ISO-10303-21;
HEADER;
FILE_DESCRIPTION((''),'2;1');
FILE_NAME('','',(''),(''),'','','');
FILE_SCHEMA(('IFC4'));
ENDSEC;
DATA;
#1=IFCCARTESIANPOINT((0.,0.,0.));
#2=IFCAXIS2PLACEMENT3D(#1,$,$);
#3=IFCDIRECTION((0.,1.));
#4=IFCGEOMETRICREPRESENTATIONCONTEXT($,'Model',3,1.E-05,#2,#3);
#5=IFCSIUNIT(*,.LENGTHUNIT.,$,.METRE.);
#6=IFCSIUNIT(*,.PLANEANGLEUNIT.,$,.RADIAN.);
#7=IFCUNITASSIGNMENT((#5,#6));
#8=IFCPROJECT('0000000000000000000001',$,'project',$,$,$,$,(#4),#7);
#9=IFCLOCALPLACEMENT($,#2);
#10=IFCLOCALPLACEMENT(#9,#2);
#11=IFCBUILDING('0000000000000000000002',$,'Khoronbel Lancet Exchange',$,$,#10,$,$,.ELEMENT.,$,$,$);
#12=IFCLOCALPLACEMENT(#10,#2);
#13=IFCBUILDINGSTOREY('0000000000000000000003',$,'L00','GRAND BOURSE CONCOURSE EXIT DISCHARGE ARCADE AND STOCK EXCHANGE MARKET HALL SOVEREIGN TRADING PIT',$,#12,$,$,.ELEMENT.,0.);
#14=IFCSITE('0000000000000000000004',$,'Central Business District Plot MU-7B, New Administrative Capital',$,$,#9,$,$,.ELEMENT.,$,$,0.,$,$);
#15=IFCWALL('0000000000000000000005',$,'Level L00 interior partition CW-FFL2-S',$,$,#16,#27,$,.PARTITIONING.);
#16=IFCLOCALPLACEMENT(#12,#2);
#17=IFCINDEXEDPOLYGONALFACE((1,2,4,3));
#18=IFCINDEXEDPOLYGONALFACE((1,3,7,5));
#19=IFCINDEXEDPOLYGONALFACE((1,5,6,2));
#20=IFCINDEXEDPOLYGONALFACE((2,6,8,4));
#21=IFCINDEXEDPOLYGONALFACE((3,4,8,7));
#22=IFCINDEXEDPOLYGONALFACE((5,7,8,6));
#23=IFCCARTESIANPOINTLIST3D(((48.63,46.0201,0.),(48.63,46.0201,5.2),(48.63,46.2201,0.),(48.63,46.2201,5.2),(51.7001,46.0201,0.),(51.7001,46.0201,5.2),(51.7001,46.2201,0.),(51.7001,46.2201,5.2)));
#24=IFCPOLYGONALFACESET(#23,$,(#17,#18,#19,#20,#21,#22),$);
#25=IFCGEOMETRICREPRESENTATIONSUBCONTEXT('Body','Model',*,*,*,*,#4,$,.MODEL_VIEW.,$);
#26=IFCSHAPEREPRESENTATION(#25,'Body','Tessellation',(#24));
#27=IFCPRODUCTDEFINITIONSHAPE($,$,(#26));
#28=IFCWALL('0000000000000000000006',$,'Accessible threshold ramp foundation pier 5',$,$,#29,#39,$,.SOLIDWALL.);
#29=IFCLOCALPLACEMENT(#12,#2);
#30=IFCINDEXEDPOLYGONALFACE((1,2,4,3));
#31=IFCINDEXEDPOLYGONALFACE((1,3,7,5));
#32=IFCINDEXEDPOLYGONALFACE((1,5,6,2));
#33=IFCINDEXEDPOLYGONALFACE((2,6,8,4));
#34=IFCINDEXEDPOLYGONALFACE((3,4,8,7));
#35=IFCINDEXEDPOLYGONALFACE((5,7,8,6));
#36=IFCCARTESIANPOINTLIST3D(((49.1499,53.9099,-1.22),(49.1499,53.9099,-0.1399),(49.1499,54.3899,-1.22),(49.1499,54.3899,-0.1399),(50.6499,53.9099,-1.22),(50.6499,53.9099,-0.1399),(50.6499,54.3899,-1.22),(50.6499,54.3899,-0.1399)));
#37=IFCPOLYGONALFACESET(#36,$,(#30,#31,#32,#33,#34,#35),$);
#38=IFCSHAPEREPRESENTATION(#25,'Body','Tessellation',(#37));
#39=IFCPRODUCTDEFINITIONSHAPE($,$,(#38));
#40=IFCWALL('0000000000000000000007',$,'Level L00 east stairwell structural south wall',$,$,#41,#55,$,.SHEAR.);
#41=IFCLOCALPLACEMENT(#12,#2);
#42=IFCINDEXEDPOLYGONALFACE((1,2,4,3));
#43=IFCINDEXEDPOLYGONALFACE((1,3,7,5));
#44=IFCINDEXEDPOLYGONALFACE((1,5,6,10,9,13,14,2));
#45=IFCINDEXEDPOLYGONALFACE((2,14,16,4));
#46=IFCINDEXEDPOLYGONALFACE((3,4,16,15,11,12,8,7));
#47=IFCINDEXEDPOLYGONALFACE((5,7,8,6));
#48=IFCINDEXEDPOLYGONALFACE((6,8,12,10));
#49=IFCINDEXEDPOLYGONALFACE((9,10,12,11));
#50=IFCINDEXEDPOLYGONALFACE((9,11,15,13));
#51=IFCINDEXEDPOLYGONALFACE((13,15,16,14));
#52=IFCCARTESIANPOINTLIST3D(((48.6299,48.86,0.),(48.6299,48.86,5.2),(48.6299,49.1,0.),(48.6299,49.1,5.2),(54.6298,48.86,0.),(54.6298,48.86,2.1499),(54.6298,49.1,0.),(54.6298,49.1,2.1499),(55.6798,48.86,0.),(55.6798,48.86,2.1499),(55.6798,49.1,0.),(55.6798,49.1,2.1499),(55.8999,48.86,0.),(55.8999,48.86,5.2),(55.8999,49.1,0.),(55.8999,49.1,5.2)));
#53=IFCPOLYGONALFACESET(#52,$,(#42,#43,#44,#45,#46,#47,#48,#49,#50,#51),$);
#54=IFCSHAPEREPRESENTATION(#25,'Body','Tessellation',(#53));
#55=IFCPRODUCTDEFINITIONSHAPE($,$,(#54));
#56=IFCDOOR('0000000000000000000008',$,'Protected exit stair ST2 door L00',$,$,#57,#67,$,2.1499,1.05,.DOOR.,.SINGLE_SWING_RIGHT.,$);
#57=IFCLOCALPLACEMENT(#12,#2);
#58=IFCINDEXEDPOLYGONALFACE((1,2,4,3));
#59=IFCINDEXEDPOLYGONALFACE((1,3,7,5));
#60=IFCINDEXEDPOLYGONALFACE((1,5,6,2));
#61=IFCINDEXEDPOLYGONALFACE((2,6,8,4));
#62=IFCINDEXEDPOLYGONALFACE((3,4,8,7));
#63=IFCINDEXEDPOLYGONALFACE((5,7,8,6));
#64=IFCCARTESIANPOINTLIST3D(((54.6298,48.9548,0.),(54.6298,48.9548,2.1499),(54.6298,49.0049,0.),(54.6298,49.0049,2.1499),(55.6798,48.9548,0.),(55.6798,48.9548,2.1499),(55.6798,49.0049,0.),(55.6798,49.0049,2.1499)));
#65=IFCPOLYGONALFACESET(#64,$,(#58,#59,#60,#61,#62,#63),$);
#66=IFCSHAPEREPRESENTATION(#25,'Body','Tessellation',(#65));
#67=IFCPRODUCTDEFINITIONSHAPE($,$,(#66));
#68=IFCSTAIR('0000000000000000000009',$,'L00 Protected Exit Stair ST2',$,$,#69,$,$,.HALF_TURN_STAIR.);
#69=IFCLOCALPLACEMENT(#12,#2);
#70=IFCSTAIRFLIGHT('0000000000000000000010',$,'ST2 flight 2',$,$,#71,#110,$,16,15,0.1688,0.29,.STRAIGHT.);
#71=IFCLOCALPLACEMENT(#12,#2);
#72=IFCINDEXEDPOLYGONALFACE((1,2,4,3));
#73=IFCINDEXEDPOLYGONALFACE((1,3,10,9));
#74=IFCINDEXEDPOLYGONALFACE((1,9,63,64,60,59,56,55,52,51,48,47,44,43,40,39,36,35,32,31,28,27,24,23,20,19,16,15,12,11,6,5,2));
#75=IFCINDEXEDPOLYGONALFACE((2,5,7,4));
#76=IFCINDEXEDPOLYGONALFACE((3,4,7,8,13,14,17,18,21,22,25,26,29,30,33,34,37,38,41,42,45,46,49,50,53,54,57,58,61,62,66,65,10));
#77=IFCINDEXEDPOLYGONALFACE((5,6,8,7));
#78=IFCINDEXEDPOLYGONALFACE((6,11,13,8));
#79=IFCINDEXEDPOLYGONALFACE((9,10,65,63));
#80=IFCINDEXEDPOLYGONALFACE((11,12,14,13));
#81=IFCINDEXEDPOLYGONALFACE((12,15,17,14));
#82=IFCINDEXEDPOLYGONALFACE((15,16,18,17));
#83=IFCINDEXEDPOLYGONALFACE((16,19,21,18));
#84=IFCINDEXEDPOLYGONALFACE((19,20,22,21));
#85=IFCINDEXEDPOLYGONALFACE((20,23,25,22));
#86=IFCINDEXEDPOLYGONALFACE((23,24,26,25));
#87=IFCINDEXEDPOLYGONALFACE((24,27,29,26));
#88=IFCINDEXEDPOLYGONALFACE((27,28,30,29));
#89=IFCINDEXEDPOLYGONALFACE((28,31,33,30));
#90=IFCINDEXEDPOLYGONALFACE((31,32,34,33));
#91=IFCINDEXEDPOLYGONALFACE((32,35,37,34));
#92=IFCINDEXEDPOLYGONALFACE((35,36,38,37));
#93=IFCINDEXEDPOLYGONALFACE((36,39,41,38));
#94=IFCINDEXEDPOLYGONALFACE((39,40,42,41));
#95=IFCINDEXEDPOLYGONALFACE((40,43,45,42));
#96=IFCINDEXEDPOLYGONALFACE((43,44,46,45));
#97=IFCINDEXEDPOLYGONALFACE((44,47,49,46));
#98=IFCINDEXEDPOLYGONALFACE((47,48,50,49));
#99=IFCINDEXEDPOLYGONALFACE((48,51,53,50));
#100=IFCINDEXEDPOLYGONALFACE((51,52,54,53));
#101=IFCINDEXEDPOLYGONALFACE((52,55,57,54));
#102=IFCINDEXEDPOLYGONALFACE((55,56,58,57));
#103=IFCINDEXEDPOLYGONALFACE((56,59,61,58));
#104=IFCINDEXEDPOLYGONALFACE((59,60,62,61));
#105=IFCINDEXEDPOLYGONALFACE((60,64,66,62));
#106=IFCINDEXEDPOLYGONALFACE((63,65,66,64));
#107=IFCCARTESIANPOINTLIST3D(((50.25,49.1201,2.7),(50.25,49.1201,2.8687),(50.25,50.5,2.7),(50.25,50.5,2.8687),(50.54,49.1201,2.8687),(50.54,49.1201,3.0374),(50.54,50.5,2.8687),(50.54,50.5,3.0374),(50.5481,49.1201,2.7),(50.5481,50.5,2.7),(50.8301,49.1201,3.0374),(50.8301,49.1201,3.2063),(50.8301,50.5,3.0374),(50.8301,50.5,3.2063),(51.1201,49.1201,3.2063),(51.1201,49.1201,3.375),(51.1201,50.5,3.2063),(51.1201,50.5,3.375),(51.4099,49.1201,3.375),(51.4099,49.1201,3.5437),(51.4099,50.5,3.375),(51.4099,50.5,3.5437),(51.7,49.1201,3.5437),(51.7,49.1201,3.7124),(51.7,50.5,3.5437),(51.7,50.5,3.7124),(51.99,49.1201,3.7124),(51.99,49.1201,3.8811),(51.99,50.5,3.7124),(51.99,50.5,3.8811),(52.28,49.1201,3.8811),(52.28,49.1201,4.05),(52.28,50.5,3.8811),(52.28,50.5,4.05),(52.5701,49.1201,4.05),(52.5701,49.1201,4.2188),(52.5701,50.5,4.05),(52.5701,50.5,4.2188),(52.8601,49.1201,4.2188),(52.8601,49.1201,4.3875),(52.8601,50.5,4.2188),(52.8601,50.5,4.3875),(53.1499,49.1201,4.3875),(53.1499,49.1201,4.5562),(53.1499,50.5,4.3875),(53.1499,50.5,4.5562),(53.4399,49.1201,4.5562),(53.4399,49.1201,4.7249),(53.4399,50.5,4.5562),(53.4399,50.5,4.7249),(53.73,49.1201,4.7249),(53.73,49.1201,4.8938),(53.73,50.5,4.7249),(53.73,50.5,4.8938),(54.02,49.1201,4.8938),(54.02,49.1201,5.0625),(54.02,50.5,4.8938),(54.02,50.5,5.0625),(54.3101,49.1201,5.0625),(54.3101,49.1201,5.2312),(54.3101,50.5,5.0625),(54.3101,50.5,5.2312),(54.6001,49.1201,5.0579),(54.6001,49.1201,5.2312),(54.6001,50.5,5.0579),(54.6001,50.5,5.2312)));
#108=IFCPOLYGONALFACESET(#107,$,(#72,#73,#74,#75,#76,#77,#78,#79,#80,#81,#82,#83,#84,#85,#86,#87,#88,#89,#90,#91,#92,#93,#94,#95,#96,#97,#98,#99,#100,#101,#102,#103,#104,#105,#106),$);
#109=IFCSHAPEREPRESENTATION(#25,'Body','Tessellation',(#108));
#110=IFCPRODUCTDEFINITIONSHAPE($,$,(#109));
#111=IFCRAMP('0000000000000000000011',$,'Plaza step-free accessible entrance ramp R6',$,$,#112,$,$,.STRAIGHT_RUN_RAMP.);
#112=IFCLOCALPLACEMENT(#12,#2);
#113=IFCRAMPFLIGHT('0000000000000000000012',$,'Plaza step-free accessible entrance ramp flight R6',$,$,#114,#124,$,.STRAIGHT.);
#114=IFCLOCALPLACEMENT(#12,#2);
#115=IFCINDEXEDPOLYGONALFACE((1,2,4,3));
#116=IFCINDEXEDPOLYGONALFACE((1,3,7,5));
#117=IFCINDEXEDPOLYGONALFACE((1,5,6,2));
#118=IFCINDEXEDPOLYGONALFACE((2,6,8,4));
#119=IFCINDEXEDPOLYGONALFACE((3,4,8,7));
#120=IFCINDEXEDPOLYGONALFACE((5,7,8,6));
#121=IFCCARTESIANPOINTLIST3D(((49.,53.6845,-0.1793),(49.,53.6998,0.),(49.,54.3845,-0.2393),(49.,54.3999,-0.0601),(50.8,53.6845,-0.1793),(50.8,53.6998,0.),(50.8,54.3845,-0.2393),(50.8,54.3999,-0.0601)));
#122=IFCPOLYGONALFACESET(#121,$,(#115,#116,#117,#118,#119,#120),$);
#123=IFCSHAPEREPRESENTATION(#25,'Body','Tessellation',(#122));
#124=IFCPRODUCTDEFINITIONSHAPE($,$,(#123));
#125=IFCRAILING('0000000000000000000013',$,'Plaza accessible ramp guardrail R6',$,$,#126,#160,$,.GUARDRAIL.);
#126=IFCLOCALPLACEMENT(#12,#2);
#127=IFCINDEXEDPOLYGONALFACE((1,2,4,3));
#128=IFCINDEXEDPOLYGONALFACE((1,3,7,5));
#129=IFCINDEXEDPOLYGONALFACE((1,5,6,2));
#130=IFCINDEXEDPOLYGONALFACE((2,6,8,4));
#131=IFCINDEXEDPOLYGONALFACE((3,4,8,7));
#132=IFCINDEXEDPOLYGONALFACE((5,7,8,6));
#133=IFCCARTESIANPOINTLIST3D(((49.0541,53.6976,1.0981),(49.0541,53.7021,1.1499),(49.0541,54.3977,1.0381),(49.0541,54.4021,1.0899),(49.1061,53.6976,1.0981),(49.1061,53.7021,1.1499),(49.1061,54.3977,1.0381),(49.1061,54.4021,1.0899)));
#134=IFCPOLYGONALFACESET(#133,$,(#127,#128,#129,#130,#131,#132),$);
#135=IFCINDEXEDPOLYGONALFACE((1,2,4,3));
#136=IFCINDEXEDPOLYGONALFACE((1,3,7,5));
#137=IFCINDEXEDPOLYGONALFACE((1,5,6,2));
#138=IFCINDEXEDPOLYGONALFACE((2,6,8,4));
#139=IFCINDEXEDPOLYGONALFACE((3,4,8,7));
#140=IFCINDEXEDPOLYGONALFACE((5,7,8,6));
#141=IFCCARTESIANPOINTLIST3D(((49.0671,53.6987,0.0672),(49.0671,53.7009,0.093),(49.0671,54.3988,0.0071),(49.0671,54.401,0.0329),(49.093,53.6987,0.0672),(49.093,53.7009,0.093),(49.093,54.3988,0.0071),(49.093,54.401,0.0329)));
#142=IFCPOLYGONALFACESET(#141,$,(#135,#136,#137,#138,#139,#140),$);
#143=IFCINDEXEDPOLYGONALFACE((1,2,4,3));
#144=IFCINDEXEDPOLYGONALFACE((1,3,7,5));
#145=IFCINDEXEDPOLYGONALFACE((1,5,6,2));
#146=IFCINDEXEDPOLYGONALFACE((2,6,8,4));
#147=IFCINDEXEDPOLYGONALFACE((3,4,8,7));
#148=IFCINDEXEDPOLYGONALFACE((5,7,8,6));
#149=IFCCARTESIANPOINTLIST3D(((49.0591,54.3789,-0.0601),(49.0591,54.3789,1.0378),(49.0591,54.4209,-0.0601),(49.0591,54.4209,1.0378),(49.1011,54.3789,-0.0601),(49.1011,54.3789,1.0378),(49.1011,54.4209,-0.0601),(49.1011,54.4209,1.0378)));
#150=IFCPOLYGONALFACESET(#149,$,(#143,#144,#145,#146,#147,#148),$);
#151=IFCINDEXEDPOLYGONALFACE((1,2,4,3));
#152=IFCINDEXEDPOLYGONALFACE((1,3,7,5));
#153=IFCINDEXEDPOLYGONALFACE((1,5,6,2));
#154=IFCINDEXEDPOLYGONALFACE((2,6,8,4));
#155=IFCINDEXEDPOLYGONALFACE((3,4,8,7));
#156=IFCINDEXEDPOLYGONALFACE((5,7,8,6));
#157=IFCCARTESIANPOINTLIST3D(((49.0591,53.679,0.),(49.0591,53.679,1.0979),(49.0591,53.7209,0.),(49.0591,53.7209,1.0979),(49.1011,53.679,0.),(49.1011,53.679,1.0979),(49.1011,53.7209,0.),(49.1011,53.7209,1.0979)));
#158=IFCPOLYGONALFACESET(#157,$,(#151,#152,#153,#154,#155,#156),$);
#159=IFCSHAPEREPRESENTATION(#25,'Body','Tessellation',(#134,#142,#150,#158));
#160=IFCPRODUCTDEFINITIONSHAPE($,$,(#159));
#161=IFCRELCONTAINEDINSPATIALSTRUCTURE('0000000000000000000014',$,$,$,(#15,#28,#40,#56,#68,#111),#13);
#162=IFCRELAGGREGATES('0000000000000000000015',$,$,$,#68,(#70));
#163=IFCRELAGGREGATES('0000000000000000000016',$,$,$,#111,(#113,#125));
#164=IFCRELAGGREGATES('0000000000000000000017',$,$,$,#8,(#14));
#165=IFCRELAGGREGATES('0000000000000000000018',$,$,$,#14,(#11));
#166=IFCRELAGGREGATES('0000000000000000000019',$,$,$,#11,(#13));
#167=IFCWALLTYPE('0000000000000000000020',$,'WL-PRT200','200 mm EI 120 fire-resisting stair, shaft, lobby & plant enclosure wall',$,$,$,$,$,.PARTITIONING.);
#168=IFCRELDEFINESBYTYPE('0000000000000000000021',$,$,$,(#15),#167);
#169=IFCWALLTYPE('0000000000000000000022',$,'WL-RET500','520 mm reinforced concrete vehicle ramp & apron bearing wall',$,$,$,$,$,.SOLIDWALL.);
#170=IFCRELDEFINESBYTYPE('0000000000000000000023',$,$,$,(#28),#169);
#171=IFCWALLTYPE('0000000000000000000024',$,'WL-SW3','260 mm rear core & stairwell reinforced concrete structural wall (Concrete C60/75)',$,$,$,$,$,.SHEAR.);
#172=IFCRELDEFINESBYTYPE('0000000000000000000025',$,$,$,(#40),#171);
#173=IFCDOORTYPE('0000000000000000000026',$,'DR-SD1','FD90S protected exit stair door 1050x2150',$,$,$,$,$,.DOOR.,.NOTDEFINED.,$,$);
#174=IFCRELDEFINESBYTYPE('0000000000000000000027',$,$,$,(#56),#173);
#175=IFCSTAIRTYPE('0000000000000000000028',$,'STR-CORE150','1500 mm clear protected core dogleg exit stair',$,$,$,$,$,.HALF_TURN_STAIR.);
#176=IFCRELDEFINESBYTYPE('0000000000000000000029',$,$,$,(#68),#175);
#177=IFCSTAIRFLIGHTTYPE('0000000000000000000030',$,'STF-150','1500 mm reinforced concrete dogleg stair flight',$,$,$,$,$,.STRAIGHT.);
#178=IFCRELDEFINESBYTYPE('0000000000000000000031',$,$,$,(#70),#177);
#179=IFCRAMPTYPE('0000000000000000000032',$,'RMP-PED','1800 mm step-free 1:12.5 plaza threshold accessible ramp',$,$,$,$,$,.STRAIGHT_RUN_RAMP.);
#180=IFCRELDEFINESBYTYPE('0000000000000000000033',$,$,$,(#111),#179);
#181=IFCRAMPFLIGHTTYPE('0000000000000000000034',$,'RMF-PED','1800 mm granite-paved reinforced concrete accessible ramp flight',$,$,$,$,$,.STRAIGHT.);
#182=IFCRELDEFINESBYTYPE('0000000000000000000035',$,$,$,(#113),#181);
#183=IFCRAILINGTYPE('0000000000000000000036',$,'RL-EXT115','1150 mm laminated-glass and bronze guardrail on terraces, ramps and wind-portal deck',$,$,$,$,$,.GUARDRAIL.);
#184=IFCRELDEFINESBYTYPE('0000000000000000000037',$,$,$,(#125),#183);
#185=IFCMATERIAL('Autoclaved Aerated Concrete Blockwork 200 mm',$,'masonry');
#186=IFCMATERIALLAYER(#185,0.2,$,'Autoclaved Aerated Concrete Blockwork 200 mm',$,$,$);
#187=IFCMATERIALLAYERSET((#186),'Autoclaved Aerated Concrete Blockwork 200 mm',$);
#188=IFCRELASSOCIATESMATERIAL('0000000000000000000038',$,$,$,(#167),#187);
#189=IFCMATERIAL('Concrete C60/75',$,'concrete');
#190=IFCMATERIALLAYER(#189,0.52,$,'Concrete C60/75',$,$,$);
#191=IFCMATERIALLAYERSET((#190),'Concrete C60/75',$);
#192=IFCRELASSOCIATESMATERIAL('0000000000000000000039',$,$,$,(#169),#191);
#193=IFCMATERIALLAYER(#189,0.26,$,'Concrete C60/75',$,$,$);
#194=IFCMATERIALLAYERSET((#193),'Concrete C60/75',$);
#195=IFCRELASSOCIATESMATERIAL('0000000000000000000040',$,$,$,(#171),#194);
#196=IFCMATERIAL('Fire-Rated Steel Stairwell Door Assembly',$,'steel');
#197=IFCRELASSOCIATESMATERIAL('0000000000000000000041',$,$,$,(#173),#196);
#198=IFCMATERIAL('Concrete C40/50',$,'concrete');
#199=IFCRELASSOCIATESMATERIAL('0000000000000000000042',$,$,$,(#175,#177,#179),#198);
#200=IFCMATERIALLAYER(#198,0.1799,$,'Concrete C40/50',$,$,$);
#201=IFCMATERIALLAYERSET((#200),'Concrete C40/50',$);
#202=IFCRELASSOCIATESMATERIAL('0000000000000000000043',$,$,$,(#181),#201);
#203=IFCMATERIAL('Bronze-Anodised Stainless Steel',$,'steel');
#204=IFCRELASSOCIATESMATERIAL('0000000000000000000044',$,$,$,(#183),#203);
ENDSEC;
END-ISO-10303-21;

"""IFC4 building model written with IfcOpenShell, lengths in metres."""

from ifc_helpers import new_model, si_unit, direction, frame, frame_2d, origin, origin_2d, place, context, subcontext, project, spatial, polyline, rectangle, outline, extrude, material, layer, layer_set, type_object, element, fill, aggregate, save


model = new_model("IFC4")

# Units and contexts
model_context = context("Model", 3, precision=1e-05, world=origin(), true_north=direction((0.0, 1.0)))
body_context = subcontext(model_context, "Body", "Model", "MODEL_VIEW")
ifc_project = project(units=[si_unit("LENGTHUNIT", "METRE"), si_unit("PLANEANGLEUNIT", "RADIAN")], contexts=[model_context])

# Site, building, storey
site_placement = place(None, origin())
site = spatial("IfcSite", under=ifc_project, at=site_placement, Name="Central Business District Plot MU-7B, New Administrative Capital", CompositionType="ELEMENT", RefElevation=0.0)
building_placement = place(site_placement, origin())
building = spatial("IfcBuilding", under=site, at=building_placement, Name="Khoronbel Lancet Exchange", CompositionType="ELEMENT")
storey_placement = place(building_placement, origin())
storey = spatial("IfcBuildingStorey", under=building, at=storey_placement, Name="L00", Description="GRAND BOURSE CONCOURSE EXIT DISCHARGE ARCADE AND STOCK EXCHANGE MARKET HALL SOVEREIGN TRADING PIT", CompositionType="ELEMENT", Elevation=0.0)

# Shared definitions
ifc_material_1 = material(Name="Autoclaved Aerated Concrete Blockwork 200 mm", Category="masonry")
ifc_layer_1 = layer(ifc_material_1, 0.2, Name="Autoclaved Aerated Concrete Blockwork 200 mm")
ifc_layer_set_1 = layer_set([ifc_layer_1], Name="Autoclaved Aerated Concrete Blockwork 200 mm")
wall_type_1 = type_object("IfcWallType", Name="WL-PRT200", Description="200 mm EI 120 fire-resisting stair, shaft, lobby & plant enclosure wall", PredefinedType="PARTITIONING", material=ifc_layer_set_1)

# Walls
wall_1_placement = place(storey_placement, frame((48.6299, 46.1201, 0.0), z_axis=(0.0, 0.0, 1.0), x_axis=(1.0, 0.0, 0.0)))
element("IfcWall", 1, at=wall_1_placement, inside=storey, type_object=wall_type_1, Name="Level L00 interior partition CW-FFL2-S", PredefinedType="PARTITIONING", context=body_context, shape_type="SweptSolid", body=[
    extrude(rectangle(XDim=3.0701, YDim=0.2, at=frame_2d((1.5352, 0.0))), origin(), (0.0, 0.0, 1.0), 5.2),
])
ifc_material_2 = material(Name="Concrete C60/75", Category="concrete")
ifc_layer_2 = layer(ifc_material_2, 0.52, Name="Concrete C60/75")
ifc_layer_set_2 = layer_set([ifc_layer_2], Name="Concrete C60/75")
wall_type_2 = type_object("IfcWallType", Name="WL-RET500", Description="520 mm reinforced concrete vehicle ramp & apron bearing wall", PredefinedType="SOLIDWALL", material=ifc_layer_set_2)
wall_2_placement = place(storey_placement, frame((49.1499, 54.1499, -1.22), z_axis=(0.0, 0.0, 1.0), x_axis=(1.0, 0.0, 0.0)))
element("IfcWall", 2, at=wall_2_placement, inside=storey, type_object=wall_type_2, Name="Accessible threshold ramp foundation pier 5", PredefinedType="SOLIDWALL", context=body_context, shape_type="SweptSolid", body=[
    extrude(rectangle(XDim=1.5, YDim=0.48, at=frame_2d((0.75, 0.0))), origin(), (0.0, 0.0, 1.0), 1.0801),
])

# Wall, opening, door
ifc_layer_3 = layer(ifc_material_2, 0.26, Name="Concrete C60/75")
ifc_layer_set_3 = layer_set([ifc_layer_3], Name="Concrete C60/75")
wall_type_3 = type_object("IfcWallType", Name="WL-SW3", Description="260 mm rear core & stairwell reinforced concrete structural wall (Concrete C60/75)", PredefinedType="SHEAR", material=ifc_layer_set_3)
wall_3_placement = place(storey_placement, frame((48.6299, 48.98, 0.0), z_axis=(0.0, 0.0, 1.0), x_axis=(1.0, 0.0, 0.0)))
wall_3 = element("IfcWall", 3, at=wall_3_placement, inside=storey, type_object=wall_type_3, Name="Level L00 east stairwell structural south wall", PredefinedType="SHEAR", context=body_context, shape_type="SweptSolid", body=[
    extrude(rectangle(XDim=7.27, YDim=0.24, at=frame_2d((3.635, 0.0))), origin(), (0.0, 0.0, 1.0), 5.2),
])
opening_1_placement = place(wall_3_placement, frame((6.0, 0.0, 0.0)))
opening_1 = element("IfcOpeningElement", 4, at=opening_1_placement, cuts=wall_3, PredefinedType="OPENING", context=body_context, shape_type="SweptSolid", body=[
    extrude(rectangle(XDim=1.05, YDim=2.1499, at=frame_2d((0.5249, 1.075))), frame((0.0, 0.1299, 0.0), z_axis=(0.0, -1.0, 0.0), x_axis=(1.0, 0.0, 0.0)), (0.0, 0.0, 1.0), 0.26),
])
ifc_material_3 = material(Name="Fire-Rated Steel Stairwell Door Assembly", Category="steel")
door_type_1 = type_object("IfcDoorType", Name="DR-SD1", Description="FD90S protected exit stair door 1050x2150", OperationType="NOTDEFINED", PredefinedType="DOOR", material=ifc_material_3)
door_1_placement = place(opening_1_placement, origin())
door_1 = element("IfcDoor", 5, at=door_1_placement, inside=storey, type_object=door_type_1, Name="Protected exit stair ST2 door L00", OperationType="SINGLE_SWING_RIGHT", OverallHeight=2.1499, OverallWidth=1.05, PredefinedType="DOOR", context=body_context, shape_type="SweptSolid", body=[
    extrude(rectangle(XDim=1.05, YDim=2.1499, at=frame_2d((0.5249, 1.075))), frame((0.0, 0.0249, 0.0), z_axis=(0.0, -1.0, 0.0), x_axis=(1.0, 0.0, 0.0)), (0.0, 0.0, 1.0), 0.05),
])
fill(opening_1, door_1)

# Stair, stair flight
ifc_material_4 = material(Name="Concrete C40/50", Category="concrete")
stair_type = type_object("IfcStairType", Name="STR-CORE150", Description="1500 mm clear protected core dogleg exit stair", PredefinedType="HALF_TURN_STAIR", material=ifc_material_4)
stair_placement = place(storey_placement, origin())
stair = element("IfcStair", 6, at=stair_placement, inside=storey, type_object=stair_type, Name="L00 Protected Exit Stair ST2", PredefinedType="HALF_TURN_STAIR")
stair_flight_type = type_object("IfcStairFlightType", Name="STF-150", Description="1500 mm reinforced concrete dogleg stair flight", PredefinedType="STRAIGHT", material=ifc_material_4)
stair_flight_placement = place(storey_placement, frame((50.25, 49.8101, 2.7), z_axis=(0.0, 0.0, 1.0), x_axis=(1.0, 0.0, 0.0)))
stair_flight = element("IfcStairFlight", 7, at=stair_flight_placement, type_object=stair_flight_type, Name="ST2 flight 2", NumberOfRisers=16, NumberOfTreads=15, PredefinedType="STRAIGHT", RiserHeight=0.1688, TreadLength=0.29, context=body_context, shape_type="SweptSolid", body=[
    extrude(outline(polyline([(0.0, 0.0), (0.0, 0.1687), (0.29, 0.1687), (0.29, 0.3374), (0.5801, 0.3374), (0.5801, 0.5063), (0.8701, 0.5063), (0.8701, 0.675), (1.1599, 0.675), (1.1599, 0.8438), (1.45, 0.8438), (1.45, 1.0125), (1.74, 1.0125), (1.74, 1.1812), (2.03, 1.1812), (2.03, 1.3501), (2.3201, 1.3501), (2.3201, 1.5188), (2.6101, 1.5188), (2.6101, 1.6875), (2.8999, 1.6875), (2.8999, 1.8562), (3.1899, 1.8562), (3.1899, 2.0249), (3.48, 2.0249), (3.48, 2.1938), (3.77, 2.1938), (3.77, 2.3625), (4.0601, 2.3625), (4.0601, 2.5312), (4.3501, 2.5312), (4.3501, 2.7), (4.3501, 2.3579), (0.2981, 0.0), (0.0, 0.0)])), frame((0.0, 0.6899, 0.0), z_axis=(0.0, -1.0, 0.0), x_axis=(1.0, 0.0, 0.0)), (0.0, 0.0, 1.0), 1.3799),
])
aggregate(stair, [stair_flight])

# Ramp, ramp flight, railing
ramp_type = type_object("IfcRampType", Name="RMP-PED", Description="1800 mm step-free 1:12.5 plaza threshold accessible ramp", PredefinedType="STRAIGHT_RUN_RAMP", material=ifc_material_4)
ramp_placement = place(storey_placement, origin())
ramp = element("IfcRamp", 8, at=ramp_placement, inside=storey, type_object=ramp_type, Name="Plaza step-free accessible entrance ramp R6", PredefinedType="STRAIGHT_RUN_RAMP")
ifc_layer_4 = layer(ifc_material_4, 0.1799, Name="Concrete C40/50")
ifc_layer_set_4 = layer_set([ifc_layer_4], Name="Concrete C40/50")
ramp_flight_type = type_object("IfcRampFlightType", Name="RMF-PED", Description="1800 mm granite-paved reinforced concrete accessible ramp flight", PredefinedType="STRAIGHT", material=ifc_layer_set_4)
ramp_flight_placement = place(storey_placement, frame((49.0, 54.3999, -0.0601), z_axis=(0.0, 0.08549, 0.996339), x_axis=(1.0, 0.0, 0.0)))
ramp_flight = element("IfcRampFlight", 9, at=ramp_flight_placement, type_object=ramp_flight_type, Name="Plaza step-free accessible entrance ramp flight R6", PredefinedType="STRAIGHT", context=body_context, shape_type="SweptSolid", body=[
    extrude(outline(polyline([(0.0, 0.0), (1.8, 0.0), (1.8, -0.7026), (0.0, -0.7026), (0.0, 0.0)])), origin(), (0.0, 0.0, -1.0), 0.1799),
])
ifc_material_5 = material(Name="Bronze-Anodised Stainless Steel", Category="steel")
railing_type_1 = type_object("IfcRailingType", Name="RL-EXT115", Description="1150 mm laminated-glass and bronze guardrail on terraces, ramps and wind-portal deck", PredefinedType="GUARDRAIL", material=ifc_material_5)
railing_1_placement = place(storey_placement, frame((49.0801, 54.3999, -0.0601)))
railing_1 = element("IfcRailing", 10, at=railing_1_placement, type_object=railing_type_1, Name="Plaza accessible ramp guardrail R6", PredefinedType="GUARDRAIL", context=body_context, shape_type="SweptSolid", body=[
    extrude(rectangle(XDim=0.052, YDim=0.052, at=origin_2d()), frame((0.0, 0.0, 1.124), z_axis=(0.0, -0.996339, 0.08549), x_axis=(1.0, 0.0, 0.0)), (0.0, 0.0, 1.0), 0.7026),
    extrude(rectangle(XDim=0.0259, YDim=0.0259, at=origin_2d()), frame((0.0, 0.0, 0.0801), z_axis=(0.0, -0.996339, 0.08549), x_axis=(1.0, 0.0, 0.0)), (0.0, 0.0, 1.0), 0.7026),
    extrude(rectangle(XDim=0.042, YDim=0.042, at=origin_2d()), origin(), (0.0, 0.0, 1.0), 1.0979),
    extrude(rectangle(XDim=0.042, YDim=0.042, at=origin_2d()), frame((0.0, -0.7, 0.0601)), (0.0, 0.0, 1.0), 1.0979),
])
aggregate(ramp, [ramp_flight, railing_1])

save(model, "model.ifc")
